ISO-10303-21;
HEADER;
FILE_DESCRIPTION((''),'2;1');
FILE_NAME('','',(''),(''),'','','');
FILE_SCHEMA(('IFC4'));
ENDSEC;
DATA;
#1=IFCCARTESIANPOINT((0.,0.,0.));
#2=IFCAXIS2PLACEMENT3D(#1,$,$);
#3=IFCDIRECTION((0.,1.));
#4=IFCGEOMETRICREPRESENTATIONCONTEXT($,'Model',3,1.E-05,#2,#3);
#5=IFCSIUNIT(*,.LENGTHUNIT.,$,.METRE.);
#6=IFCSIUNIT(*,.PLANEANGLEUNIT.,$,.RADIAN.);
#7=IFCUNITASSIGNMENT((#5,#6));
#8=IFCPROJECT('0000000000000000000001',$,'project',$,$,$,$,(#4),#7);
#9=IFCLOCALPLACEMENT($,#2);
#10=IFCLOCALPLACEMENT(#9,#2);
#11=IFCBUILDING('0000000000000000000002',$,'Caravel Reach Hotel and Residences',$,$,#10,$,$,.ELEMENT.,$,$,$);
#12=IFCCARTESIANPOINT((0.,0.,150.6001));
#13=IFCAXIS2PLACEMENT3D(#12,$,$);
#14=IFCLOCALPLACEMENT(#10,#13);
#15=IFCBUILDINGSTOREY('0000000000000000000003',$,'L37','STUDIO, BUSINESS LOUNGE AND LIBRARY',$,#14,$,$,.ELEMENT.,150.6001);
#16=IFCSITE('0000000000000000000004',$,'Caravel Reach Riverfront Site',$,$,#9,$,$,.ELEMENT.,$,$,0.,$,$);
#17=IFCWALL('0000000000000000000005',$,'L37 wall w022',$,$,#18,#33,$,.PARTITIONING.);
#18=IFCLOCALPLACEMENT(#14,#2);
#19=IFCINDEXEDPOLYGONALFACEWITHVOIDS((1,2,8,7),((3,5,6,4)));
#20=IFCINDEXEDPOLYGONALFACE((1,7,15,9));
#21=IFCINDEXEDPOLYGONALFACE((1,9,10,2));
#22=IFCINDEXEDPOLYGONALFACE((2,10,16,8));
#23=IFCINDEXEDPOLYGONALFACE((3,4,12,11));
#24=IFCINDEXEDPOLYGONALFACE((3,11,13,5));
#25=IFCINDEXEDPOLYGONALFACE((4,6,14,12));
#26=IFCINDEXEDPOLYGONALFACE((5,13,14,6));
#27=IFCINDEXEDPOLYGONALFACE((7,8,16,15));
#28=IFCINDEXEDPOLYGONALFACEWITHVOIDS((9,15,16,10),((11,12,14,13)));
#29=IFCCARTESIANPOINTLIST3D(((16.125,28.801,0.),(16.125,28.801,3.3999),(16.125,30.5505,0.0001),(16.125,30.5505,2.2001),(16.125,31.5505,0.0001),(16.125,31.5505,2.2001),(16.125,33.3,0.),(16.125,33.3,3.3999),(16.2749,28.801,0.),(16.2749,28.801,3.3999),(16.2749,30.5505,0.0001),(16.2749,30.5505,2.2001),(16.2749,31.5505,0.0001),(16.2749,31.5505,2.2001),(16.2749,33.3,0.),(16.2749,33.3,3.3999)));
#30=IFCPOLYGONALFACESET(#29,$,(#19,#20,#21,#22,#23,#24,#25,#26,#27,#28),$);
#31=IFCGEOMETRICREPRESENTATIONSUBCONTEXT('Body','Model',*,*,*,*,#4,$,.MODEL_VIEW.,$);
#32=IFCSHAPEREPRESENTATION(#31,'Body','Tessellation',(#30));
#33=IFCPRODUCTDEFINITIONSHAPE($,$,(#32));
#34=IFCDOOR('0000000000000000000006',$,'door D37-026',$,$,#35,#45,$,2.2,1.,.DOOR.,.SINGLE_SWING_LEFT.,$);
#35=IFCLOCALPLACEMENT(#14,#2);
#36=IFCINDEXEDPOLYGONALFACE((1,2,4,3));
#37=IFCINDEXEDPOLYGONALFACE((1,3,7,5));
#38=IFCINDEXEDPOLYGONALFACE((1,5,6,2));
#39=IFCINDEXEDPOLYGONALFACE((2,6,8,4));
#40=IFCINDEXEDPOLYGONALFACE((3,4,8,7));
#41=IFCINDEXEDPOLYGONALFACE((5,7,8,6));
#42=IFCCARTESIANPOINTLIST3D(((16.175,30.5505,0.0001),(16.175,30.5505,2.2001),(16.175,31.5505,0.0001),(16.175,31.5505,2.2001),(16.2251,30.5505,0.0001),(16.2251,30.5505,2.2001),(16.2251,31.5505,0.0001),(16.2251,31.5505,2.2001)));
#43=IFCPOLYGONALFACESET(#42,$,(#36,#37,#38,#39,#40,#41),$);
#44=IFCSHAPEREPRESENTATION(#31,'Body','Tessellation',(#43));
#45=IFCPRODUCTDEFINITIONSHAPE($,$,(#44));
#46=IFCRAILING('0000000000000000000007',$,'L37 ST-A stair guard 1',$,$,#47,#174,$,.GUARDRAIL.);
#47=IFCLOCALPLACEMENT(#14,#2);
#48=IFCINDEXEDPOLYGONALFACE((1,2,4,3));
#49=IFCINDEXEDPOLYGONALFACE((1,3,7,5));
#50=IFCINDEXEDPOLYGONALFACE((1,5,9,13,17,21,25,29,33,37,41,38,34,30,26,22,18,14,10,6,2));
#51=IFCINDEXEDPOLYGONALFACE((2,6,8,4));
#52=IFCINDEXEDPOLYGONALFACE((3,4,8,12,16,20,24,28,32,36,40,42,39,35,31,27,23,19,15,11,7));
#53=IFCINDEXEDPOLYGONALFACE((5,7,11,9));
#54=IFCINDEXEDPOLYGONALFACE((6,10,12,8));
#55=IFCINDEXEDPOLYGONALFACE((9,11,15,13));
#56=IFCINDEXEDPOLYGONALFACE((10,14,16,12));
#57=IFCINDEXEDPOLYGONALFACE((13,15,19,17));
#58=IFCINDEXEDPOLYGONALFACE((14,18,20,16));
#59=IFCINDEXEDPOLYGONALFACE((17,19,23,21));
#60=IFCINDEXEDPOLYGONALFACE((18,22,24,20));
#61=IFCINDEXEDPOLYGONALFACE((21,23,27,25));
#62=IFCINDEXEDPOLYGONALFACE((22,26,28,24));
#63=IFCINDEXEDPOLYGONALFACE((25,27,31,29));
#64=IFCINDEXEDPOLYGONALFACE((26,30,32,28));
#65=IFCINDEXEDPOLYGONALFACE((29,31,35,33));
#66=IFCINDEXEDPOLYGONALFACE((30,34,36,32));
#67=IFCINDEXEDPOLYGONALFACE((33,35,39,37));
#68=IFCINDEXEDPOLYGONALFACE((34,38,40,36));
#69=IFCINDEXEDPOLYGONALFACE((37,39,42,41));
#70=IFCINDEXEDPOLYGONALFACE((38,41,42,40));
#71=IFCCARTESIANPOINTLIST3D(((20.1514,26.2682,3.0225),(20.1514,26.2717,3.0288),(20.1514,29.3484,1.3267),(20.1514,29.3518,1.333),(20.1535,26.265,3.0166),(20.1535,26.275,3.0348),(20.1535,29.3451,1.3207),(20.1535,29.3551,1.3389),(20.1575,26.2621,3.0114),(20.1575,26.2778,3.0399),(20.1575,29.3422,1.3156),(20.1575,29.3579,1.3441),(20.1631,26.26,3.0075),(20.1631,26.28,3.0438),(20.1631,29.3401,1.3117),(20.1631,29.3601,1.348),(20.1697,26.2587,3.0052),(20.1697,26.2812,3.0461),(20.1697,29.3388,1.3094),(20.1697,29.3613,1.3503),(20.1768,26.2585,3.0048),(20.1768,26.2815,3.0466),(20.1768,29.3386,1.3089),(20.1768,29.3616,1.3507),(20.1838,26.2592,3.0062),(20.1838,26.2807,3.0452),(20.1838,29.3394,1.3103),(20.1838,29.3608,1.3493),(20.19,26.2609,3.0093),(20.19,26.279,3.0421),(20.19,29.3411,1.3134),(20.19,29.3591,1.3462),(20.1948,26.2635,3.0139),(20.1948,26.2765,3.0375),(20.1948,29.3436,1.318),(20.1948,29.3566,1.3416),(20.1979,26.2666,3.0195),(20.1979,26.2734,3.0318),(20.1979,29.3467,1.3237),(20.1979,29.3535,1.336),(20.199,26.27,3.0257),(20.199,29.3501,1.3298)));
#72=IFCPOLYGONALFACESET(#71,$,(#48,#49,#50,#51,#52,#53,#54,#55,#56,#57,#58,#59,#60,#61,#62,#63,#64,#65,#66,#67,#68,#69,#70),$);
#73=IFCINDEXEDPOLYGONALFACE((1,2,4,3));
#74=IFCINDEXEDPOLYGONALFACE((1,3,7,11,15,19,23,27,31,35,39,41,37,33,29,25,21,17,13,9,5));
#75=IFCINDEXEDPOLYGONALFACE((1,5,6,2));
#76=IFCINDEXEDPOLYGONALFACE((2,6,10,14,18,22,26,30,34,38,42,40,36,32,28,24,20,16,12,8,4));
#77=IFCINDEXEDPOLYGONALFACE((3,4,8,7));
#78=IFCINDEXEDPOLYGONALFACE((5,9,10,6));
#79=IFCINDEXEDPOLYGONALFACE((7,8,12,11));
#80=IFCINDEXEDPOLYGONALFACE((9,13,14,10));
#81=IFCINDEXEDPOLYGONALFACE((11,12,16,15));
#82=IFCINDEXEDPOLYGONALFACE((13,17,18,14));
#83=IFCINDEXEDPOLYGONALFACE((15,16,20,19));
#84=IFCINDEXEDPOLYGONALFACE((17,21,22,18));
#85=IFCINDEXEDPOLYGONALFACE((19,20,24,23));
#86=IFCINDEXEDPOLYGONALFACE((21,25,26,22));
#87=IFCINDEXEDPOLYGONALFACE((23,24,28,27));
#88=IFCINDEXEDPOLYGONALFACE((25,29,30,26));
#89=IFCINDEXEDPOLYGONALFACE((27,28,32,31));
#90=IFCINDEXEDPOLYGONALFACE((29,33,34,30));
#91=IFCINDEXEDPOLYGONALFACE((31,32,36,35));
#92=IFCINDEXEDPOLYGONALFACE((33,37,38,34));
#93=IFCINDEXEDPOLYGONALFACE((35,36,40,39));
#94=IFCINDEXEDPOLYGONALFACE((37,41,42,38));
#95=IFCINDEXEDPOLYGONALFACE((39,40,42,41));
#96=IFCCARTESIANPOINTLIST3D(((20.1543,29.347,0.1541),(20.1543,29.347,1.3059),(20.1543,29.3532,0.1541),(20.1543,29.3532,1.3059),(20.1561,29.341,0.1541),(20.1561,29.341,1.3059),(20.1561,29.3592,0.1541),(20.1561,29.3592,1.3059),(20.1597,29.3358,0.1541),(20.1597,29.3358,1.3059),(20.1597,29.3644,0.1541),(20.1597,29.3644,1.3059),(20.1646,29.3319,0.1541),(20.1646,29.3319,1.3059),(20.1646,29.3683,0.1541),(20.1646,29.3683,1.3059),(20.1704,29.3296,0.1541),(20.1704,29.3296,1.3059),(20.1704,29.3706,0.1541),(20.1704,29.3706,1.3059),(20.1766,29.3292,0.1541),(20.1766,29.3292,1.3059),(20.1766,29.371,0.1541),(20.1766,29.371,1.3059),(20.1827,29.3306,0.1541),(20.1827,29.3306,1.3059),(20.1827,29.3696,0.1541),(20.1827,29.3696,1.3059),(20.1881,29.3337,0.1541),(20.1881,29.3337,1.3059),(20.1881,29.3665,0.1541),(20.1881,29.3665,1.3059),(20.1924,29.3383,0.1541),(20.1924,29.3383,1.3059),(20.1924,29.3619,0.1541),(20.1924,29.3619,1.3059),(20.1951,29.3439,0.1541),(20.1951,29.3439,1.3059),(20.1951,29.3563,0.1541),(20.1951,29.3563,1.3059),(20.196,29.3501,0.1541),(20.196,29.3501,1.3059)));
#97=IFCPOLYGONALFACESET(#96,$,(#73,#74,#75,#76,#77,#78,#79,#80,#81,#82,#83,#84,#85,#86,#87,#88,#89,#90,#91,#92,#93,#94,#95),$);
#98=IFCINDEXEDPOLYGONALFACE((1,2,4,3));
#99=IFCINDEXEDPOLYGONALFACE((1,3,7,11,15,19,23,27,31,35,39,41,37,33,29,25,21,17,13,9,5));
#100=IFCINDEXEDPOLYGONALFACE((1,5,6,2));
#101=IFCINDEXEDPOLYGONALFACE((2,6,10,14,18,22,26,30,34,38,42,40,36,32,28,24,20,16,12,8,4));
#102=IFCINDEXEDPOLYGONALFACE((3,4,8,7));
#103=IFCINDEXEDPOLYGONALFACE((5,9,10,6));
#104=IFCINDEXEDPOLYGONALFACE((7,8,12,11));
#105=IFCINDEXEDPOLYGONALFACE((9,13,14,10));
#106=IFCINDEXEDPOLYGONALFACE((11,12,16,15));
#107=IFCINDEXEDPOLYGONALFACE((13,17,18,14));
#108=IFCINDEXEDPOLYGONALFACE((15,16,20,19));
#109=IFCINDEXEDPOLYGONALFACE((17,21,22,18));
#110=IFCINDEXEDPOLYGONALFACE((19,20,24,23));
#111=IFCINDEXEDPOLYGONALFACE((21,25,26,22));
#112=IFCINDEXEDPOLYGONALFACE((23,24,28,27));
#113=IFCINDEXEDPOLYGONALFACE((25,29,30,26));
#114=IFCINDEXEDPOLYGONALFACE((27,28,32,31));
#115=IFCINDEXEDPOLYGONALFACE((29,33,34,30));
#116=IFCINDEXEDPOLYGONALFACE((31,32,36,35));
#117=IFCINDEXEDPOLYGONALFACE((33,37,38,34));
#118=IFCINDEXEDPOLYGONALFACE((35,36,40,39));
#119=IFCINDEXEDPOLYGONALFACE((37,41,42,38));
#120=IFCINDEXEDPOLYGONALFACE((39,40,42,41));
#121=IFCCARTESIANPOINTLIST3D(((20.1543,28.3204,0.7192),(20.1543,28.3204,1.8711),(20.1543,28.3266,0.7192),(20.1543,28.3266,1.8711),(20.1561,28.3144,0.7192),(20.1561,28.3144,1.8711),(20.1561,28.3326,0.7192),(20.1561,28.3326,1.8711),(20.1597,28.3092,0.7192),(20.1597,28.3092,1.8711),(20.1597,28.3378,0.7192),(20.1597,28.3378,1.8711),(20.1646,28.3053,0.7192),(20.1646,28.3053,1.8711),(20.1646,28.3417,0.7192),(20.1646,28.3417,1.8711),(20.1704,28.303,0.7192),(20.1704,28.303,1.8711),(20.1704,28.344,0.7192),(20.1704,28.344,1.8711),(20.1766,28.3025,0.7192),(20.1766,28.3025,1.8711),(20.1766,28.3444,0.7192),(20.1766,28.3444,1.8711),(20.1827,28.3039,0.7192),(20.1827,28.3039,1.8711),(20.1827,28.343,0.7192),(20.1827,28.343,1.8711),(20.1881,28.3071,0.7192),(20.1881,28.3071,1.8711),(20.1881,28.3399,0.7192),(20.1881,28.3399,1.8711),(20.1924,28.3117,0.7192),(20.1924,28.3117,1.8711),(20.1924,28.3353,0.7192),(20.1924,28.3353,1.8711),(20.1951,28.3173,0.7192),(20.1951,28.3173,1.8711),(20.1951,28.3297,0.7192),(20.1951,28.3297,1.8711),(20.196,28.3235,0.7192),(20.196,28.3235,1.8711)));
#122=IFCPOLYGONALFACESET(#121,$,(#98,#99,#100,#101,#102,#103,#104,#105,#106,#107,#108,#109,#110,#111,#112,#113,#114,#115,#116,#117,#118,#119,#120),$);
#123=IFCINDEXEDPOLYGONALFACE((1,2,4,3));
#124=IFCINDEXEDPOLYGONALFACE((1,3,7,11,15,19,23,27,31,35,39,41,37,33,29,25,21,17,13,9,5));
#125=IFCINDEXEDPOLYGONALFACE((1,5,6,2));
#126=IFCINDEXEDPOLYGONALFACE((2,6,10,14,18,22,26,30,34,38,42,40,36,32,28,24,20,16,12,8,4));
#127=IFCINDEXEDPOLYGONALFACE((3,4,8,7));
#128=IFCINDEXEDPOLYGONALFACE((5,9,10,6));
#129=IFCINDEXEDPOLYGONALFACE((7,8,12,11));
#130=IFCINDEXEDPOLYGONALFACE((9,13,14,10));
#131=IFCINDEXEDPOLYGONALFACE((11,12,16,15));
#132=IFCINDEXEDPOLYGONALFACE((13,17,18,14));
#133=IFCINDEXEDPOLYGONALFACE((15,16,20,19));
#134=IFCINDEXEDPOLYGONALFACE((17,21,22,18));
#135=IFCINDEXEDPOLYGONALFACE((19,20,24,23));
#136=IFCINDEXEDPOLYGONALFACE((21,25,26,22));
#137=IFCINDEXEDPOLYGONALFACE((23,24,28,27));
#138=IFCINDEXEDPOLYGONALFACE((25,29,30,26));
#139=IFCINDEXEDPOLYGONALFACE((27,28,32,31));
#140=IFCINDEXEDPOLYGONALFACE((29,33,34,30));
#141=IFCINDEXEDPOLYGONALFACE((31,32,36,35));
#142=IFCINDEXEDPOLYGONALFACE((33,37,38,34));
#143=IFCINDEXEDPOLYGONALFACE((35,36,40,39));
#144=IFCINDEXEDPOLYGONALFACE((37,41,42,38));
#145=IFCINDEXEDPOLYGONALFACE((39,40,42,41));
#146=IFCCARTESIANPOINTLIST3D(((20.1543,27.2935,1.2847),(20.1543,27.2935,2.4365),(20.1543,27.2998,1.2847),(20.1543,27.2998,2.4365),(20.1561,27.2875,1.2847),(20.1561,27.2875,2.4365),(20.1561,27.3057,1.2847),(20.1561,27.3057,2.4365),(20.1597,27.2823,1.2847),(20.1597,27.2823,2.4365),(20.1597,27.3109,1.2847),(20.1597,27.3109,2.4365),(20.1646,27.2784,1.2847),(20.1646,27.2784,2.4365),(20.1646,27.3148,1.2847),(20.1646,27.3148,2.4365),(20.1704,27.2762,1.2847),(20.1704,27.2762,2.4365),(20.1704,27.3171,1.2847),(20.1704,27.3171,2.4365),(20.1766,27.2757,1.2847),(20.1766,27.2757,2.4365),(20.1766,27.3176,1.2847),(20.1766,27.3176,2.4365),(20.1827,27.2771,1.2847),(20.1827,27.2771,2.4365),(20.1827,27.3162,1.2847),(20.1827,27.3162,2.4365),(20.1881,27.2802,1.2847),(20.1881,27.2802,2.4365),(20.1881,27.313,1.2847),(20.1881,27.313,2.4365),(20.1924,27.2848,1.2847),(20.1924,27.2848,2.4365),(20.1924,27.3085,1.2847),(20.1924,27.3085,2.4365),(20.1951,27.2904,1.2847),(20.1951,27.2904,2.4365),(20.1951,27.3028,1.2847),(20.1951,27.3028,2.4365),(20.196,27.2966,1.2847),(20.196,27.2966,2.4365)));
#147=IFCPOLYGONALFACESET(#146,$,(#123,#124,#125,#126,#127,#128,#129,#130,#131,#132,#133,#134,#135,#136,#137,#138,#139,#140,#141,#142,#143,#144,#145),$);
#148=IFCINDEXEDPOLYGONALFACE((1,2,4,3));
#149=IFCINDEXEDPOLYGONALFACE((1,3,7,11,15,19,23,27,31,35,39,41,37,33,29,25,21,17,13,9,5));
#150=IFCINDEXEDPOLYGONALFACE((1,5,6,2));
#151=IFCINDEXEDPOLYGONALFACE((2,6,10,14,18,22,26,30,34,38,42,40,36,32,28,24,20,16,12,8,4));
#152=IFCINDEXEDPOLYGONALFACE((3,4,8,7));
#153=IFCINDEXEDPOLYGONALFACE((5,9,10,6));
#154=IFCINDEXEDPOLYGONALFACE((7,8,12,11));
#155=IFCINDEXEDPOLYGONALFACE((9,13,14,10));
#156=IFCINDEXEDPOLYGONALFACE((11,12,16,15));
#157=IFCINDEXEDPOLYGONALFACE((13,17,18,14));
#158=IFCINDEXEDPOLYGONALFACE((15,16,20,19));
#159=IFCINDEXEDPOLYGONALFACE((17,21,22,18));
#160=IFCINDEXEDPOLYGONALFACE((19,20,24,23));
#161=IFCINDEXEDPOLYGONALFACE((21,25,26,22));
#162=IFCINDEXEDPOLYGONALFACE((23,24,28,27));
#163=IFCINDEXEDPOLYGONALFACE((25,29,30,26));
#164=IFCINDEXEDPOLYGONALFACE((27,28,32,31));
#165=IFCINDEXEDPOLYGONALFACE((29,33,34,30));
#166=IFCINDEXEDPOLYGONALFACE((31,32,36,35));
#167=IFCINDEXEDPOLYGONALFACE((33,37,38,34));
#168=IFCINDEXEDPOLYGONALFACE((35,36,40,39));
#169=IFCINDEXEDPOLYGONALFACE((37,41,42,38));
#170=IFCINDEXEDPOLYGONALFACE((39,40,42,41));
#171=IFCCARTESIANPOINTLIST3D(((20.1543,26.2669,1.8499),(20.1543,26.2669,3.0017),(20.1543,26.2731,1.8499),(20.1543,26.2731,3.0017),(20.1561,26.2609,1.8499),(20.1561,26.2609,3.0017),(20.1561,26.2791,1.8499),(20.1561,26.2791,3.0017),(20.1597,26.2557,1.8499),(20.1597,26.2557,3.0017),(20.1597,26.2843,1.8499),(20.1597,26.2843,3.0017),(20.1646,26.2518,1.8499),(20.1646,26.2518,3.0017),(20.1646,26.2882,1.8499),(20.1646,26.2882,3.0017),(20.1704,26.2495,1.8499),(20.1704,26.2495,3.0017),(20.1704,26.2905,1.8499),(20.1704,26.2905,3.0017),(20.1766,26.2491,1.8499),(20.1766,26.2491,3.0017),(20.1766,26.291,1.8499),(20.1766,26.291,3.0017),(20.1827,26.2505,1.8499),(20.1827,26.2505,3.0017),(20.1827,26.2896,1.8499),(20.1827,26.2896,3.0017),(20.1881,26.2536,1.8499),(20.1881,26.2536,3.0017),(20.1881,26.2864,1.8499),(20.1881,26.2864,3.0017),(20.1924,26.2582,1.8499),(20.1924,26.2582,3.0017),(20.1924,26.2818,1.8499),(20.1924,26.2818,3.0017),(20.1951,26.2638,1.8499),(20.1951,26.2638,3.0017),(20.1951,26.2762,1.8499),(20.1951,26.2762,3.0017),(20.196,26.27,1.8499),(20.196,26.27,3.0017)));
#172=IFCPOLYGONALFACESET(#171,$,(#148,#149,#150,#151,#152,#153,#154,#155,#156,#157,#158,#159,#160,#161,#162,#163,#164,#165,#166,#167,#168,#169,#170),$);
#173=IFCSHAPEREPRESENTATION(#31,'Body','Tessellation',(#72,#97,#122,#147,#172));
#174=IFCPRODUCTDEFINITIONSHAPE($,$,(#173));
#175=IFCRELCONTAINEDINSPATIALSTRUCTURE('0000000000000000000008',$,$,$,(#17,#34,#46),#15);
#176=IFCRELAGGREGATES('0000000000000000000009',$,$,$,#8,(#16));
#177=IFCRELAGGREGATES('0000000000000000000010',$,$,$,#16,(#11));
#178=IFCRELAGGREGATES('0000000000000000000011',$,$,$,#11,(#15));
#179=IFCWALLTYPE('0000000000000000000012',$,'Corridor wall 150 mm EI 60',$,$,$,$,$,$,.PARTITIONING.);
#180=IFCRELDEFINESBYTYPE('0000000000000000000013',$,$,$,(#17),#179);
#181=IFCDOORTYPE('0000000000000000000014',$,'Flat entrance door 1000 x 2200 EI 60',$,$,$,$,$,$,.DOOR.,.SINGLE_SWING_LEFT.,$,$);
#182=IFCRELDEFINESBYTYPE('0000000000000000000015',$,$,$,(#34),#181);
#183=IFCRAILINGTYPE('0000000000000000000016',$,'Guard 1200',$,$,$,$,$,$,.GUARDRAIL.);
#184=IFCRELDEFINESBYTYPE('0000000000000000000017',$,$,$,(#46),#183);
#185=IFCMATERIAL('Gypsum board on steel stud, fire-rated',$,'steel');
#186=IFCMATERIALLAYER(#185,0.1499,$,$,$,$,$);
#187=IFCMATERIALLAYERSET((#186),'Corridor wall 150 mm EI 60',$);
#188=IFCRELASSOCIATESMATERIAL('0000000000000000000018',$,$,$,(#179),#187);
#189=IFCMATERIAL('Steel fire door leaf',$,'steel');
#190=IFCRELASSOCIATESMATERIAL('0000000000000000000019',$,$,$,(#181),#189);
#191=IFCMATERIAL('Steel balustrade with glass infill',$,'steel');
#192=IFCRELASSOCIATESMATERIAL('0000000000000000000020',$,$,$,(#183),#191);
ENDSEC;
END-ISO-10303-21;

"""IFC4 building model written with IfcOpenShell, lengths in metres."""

from ifc_helpers import new_model, si_unit, direction, frame, frame_2d, origin, origin_2d, place, context, subcontext, project, spatial, rectangle, circle, extrude, material, layer, layer_set, type_object, element, fill, save


model = new_model("IFC4")

# Units and contexts
model_context = context("Model", 3, precision=1e-05, world=origin(), true_north=direction((0.0, 1.0)))
body_context = subcontext(model_context, "Body", "Model", "MODEL_VIEW")
ifc_project = project(units=[si_unit("LENGTHUNIT", "METRE"), si_unit("PLANEANGLEUNIT", "RADIAN")], contexts=[model_context])

# Site, building, storey
site_placement = place(None, origin())
site = spatial("IfcSite", under=ifc_project, at=site_placement, Name="Caravel Reach Riverfront Site", CompositionType="ELEMENT", RefElevation=0.0)
building_placement = place(site_placement, origin())
building = spatial("IfcBuilding", under=site, at=building_placement, Name="Caravel Reach Hotel and Residences", CompositionType="ELEMENT")
storey_placement = place(building_placement, frame((0.0, 0.0, 150.6001)))
storey = spatial("IfcBuildingStorey", under=building, at=storey_placement, Name="L37", Description="STUDIO, BUSINESS LOUNGE AND LIBRARY", CompositionType="ELEMENT", Elevation=150.6001)

# Shared definitions
ifc_material_1 = material(Name="Gypsum board on steel stud, fire-rated", Category="steel")
ifc_layer_1 = layer(ifc_material_1, 0.1499)
ifc_layer_set_1 = layer_set([ifc_layer_1], Name="Corridor wall 150 mm EI 60")
wall_type_1 = type_object("IfcWallType", Name="Corridor wall 150 mm EI 60", PredefinedType="PARTITIONING", material=ifc_layer_set_1)

# Wall, opening, door
wall_1_placement = place(storey_placement, frame((16.2, 28.801, 0.0), z_axis=(0.0, 0.0, 1.0), x_axis=(0.0, 1.0, 0.0)))
wall_1 = element("IfcWall", 1, at=wall_1_placement, inside=storey, type_object=wall_type_1, Name="L37 wall w022", PredefinedType="PARTITIONING", context=body_context, shape_type="SweptSolid", body=[
    extrude(rectangle(XDim=4.499, YDim=0.1499, at=frame_2d((2.2495, 0.0))), origin(), (0.0, 0.0, 1.0), 3.3999),
])
opening_1_placement = place(wall_1_placement, frame((1.7495, 0.0, 0.0)))
opening_1 = element("IfcOpeningElement", 2, at=opening_1_placement, cuts=wall_1, PredefinedType="OPENING", context=body_context, shape_type="SweptSolid", body=[
    extrude(rectangle(XDim=1.0, YDim=2.2, at=frame_2d((0.5, 1.1001))), frame((0.0, 0.085, 0.0), z_axis=(0.0, -1.0, 0.0), x_axis=(1.0, 0.0, 0.0)), (0.0, 0.0, 1.0), 0.1699),
])
ifc_material_2 = material(Name="Steel fire door leaf", Category="steel")
door_type_1 = type_object("IfcDoorType", Name="Flat entrance door 1000 x 2200 EI 60", OperationType="SINGLE_SWING_LEFT", PredefinedType="DOOR", material=ifc_material_2)
door_1_placement = place(opening_1_placement, origin())
door_1 = element("IfcDoor", 3, at=door_1_placement, inside=storey, type_object=door_type_1, Name="door D37-026", OperationType="SINGLE_SWING_LEFT", OverallHeight=2.2, OverallWidth=1.0, PredefinedType="DOOR", context=body_context, shape_type="SweptSolid", body=[
    extrude(rectangle(XDim=1.0, YDim=2.2, at=frame_2d((0.5, 1.1001))), frame((0.0, 0.0249, 0.0), z_axis=(0.0, -1.0, 0.0), x_axis=(1.0, 0.0, 0.0)), (0.0, 0.0, 1.0), 0.05),
])
fill(opening_1, door_1)

# Railing
ifc_material_3 = material(Name="Steel balustrade with glass infill", Category="steel")
railing_type_1 = type_object("IfcRailingType", Name="Guard 1200", PredefinedType="GUARDRAIL", material=ifc_material_3)
railing_1_placement = place(storey_placement, frame((20.175, 29.3501, 0.1541)))
element("IfcRailing", 4, at=railing_1_placement, inside=storey, type_object=railing_type_1, Name="L37 ST-A stair guard 1", PredefinedType="GUARDRAIL", context=body_context, shape_type="SweptSolid", body=[
    extrude(circle(Radius=0.0239, at=origin_2d()), frame((0.0, 0.0, 1.1758), z_axis=(0.0, -0.876005, 0.482303), x_axis=(1.0, 0.0, 0.0)), (0.0, 0.0, 1.0), 3.5161),
    extrude(circle(Radius=0.021, at=origin_2d()), origin(), (0.0, 0.0, 1.0), 1.1519),
    extrude(circle(Radius=0.021, at=origin_2d()), frame((0.0, -1.0266, 0.5652)), (0.0, 0.0, 1.0), 1.1519),
    extrude(circle(Radius=0.021, at=origin_2d()), frame((0.0, -2.0535, 1.1306)), (0.0, 0.0, 1.0), 1.1519),
    extrude(circle(Radius=0.021, at=origin_2d()), frame((0.0, -3.0801, 1.6958)), (0.0, 0.0, 1.0), 1.1519),
])

save(model, "model.ifc")
